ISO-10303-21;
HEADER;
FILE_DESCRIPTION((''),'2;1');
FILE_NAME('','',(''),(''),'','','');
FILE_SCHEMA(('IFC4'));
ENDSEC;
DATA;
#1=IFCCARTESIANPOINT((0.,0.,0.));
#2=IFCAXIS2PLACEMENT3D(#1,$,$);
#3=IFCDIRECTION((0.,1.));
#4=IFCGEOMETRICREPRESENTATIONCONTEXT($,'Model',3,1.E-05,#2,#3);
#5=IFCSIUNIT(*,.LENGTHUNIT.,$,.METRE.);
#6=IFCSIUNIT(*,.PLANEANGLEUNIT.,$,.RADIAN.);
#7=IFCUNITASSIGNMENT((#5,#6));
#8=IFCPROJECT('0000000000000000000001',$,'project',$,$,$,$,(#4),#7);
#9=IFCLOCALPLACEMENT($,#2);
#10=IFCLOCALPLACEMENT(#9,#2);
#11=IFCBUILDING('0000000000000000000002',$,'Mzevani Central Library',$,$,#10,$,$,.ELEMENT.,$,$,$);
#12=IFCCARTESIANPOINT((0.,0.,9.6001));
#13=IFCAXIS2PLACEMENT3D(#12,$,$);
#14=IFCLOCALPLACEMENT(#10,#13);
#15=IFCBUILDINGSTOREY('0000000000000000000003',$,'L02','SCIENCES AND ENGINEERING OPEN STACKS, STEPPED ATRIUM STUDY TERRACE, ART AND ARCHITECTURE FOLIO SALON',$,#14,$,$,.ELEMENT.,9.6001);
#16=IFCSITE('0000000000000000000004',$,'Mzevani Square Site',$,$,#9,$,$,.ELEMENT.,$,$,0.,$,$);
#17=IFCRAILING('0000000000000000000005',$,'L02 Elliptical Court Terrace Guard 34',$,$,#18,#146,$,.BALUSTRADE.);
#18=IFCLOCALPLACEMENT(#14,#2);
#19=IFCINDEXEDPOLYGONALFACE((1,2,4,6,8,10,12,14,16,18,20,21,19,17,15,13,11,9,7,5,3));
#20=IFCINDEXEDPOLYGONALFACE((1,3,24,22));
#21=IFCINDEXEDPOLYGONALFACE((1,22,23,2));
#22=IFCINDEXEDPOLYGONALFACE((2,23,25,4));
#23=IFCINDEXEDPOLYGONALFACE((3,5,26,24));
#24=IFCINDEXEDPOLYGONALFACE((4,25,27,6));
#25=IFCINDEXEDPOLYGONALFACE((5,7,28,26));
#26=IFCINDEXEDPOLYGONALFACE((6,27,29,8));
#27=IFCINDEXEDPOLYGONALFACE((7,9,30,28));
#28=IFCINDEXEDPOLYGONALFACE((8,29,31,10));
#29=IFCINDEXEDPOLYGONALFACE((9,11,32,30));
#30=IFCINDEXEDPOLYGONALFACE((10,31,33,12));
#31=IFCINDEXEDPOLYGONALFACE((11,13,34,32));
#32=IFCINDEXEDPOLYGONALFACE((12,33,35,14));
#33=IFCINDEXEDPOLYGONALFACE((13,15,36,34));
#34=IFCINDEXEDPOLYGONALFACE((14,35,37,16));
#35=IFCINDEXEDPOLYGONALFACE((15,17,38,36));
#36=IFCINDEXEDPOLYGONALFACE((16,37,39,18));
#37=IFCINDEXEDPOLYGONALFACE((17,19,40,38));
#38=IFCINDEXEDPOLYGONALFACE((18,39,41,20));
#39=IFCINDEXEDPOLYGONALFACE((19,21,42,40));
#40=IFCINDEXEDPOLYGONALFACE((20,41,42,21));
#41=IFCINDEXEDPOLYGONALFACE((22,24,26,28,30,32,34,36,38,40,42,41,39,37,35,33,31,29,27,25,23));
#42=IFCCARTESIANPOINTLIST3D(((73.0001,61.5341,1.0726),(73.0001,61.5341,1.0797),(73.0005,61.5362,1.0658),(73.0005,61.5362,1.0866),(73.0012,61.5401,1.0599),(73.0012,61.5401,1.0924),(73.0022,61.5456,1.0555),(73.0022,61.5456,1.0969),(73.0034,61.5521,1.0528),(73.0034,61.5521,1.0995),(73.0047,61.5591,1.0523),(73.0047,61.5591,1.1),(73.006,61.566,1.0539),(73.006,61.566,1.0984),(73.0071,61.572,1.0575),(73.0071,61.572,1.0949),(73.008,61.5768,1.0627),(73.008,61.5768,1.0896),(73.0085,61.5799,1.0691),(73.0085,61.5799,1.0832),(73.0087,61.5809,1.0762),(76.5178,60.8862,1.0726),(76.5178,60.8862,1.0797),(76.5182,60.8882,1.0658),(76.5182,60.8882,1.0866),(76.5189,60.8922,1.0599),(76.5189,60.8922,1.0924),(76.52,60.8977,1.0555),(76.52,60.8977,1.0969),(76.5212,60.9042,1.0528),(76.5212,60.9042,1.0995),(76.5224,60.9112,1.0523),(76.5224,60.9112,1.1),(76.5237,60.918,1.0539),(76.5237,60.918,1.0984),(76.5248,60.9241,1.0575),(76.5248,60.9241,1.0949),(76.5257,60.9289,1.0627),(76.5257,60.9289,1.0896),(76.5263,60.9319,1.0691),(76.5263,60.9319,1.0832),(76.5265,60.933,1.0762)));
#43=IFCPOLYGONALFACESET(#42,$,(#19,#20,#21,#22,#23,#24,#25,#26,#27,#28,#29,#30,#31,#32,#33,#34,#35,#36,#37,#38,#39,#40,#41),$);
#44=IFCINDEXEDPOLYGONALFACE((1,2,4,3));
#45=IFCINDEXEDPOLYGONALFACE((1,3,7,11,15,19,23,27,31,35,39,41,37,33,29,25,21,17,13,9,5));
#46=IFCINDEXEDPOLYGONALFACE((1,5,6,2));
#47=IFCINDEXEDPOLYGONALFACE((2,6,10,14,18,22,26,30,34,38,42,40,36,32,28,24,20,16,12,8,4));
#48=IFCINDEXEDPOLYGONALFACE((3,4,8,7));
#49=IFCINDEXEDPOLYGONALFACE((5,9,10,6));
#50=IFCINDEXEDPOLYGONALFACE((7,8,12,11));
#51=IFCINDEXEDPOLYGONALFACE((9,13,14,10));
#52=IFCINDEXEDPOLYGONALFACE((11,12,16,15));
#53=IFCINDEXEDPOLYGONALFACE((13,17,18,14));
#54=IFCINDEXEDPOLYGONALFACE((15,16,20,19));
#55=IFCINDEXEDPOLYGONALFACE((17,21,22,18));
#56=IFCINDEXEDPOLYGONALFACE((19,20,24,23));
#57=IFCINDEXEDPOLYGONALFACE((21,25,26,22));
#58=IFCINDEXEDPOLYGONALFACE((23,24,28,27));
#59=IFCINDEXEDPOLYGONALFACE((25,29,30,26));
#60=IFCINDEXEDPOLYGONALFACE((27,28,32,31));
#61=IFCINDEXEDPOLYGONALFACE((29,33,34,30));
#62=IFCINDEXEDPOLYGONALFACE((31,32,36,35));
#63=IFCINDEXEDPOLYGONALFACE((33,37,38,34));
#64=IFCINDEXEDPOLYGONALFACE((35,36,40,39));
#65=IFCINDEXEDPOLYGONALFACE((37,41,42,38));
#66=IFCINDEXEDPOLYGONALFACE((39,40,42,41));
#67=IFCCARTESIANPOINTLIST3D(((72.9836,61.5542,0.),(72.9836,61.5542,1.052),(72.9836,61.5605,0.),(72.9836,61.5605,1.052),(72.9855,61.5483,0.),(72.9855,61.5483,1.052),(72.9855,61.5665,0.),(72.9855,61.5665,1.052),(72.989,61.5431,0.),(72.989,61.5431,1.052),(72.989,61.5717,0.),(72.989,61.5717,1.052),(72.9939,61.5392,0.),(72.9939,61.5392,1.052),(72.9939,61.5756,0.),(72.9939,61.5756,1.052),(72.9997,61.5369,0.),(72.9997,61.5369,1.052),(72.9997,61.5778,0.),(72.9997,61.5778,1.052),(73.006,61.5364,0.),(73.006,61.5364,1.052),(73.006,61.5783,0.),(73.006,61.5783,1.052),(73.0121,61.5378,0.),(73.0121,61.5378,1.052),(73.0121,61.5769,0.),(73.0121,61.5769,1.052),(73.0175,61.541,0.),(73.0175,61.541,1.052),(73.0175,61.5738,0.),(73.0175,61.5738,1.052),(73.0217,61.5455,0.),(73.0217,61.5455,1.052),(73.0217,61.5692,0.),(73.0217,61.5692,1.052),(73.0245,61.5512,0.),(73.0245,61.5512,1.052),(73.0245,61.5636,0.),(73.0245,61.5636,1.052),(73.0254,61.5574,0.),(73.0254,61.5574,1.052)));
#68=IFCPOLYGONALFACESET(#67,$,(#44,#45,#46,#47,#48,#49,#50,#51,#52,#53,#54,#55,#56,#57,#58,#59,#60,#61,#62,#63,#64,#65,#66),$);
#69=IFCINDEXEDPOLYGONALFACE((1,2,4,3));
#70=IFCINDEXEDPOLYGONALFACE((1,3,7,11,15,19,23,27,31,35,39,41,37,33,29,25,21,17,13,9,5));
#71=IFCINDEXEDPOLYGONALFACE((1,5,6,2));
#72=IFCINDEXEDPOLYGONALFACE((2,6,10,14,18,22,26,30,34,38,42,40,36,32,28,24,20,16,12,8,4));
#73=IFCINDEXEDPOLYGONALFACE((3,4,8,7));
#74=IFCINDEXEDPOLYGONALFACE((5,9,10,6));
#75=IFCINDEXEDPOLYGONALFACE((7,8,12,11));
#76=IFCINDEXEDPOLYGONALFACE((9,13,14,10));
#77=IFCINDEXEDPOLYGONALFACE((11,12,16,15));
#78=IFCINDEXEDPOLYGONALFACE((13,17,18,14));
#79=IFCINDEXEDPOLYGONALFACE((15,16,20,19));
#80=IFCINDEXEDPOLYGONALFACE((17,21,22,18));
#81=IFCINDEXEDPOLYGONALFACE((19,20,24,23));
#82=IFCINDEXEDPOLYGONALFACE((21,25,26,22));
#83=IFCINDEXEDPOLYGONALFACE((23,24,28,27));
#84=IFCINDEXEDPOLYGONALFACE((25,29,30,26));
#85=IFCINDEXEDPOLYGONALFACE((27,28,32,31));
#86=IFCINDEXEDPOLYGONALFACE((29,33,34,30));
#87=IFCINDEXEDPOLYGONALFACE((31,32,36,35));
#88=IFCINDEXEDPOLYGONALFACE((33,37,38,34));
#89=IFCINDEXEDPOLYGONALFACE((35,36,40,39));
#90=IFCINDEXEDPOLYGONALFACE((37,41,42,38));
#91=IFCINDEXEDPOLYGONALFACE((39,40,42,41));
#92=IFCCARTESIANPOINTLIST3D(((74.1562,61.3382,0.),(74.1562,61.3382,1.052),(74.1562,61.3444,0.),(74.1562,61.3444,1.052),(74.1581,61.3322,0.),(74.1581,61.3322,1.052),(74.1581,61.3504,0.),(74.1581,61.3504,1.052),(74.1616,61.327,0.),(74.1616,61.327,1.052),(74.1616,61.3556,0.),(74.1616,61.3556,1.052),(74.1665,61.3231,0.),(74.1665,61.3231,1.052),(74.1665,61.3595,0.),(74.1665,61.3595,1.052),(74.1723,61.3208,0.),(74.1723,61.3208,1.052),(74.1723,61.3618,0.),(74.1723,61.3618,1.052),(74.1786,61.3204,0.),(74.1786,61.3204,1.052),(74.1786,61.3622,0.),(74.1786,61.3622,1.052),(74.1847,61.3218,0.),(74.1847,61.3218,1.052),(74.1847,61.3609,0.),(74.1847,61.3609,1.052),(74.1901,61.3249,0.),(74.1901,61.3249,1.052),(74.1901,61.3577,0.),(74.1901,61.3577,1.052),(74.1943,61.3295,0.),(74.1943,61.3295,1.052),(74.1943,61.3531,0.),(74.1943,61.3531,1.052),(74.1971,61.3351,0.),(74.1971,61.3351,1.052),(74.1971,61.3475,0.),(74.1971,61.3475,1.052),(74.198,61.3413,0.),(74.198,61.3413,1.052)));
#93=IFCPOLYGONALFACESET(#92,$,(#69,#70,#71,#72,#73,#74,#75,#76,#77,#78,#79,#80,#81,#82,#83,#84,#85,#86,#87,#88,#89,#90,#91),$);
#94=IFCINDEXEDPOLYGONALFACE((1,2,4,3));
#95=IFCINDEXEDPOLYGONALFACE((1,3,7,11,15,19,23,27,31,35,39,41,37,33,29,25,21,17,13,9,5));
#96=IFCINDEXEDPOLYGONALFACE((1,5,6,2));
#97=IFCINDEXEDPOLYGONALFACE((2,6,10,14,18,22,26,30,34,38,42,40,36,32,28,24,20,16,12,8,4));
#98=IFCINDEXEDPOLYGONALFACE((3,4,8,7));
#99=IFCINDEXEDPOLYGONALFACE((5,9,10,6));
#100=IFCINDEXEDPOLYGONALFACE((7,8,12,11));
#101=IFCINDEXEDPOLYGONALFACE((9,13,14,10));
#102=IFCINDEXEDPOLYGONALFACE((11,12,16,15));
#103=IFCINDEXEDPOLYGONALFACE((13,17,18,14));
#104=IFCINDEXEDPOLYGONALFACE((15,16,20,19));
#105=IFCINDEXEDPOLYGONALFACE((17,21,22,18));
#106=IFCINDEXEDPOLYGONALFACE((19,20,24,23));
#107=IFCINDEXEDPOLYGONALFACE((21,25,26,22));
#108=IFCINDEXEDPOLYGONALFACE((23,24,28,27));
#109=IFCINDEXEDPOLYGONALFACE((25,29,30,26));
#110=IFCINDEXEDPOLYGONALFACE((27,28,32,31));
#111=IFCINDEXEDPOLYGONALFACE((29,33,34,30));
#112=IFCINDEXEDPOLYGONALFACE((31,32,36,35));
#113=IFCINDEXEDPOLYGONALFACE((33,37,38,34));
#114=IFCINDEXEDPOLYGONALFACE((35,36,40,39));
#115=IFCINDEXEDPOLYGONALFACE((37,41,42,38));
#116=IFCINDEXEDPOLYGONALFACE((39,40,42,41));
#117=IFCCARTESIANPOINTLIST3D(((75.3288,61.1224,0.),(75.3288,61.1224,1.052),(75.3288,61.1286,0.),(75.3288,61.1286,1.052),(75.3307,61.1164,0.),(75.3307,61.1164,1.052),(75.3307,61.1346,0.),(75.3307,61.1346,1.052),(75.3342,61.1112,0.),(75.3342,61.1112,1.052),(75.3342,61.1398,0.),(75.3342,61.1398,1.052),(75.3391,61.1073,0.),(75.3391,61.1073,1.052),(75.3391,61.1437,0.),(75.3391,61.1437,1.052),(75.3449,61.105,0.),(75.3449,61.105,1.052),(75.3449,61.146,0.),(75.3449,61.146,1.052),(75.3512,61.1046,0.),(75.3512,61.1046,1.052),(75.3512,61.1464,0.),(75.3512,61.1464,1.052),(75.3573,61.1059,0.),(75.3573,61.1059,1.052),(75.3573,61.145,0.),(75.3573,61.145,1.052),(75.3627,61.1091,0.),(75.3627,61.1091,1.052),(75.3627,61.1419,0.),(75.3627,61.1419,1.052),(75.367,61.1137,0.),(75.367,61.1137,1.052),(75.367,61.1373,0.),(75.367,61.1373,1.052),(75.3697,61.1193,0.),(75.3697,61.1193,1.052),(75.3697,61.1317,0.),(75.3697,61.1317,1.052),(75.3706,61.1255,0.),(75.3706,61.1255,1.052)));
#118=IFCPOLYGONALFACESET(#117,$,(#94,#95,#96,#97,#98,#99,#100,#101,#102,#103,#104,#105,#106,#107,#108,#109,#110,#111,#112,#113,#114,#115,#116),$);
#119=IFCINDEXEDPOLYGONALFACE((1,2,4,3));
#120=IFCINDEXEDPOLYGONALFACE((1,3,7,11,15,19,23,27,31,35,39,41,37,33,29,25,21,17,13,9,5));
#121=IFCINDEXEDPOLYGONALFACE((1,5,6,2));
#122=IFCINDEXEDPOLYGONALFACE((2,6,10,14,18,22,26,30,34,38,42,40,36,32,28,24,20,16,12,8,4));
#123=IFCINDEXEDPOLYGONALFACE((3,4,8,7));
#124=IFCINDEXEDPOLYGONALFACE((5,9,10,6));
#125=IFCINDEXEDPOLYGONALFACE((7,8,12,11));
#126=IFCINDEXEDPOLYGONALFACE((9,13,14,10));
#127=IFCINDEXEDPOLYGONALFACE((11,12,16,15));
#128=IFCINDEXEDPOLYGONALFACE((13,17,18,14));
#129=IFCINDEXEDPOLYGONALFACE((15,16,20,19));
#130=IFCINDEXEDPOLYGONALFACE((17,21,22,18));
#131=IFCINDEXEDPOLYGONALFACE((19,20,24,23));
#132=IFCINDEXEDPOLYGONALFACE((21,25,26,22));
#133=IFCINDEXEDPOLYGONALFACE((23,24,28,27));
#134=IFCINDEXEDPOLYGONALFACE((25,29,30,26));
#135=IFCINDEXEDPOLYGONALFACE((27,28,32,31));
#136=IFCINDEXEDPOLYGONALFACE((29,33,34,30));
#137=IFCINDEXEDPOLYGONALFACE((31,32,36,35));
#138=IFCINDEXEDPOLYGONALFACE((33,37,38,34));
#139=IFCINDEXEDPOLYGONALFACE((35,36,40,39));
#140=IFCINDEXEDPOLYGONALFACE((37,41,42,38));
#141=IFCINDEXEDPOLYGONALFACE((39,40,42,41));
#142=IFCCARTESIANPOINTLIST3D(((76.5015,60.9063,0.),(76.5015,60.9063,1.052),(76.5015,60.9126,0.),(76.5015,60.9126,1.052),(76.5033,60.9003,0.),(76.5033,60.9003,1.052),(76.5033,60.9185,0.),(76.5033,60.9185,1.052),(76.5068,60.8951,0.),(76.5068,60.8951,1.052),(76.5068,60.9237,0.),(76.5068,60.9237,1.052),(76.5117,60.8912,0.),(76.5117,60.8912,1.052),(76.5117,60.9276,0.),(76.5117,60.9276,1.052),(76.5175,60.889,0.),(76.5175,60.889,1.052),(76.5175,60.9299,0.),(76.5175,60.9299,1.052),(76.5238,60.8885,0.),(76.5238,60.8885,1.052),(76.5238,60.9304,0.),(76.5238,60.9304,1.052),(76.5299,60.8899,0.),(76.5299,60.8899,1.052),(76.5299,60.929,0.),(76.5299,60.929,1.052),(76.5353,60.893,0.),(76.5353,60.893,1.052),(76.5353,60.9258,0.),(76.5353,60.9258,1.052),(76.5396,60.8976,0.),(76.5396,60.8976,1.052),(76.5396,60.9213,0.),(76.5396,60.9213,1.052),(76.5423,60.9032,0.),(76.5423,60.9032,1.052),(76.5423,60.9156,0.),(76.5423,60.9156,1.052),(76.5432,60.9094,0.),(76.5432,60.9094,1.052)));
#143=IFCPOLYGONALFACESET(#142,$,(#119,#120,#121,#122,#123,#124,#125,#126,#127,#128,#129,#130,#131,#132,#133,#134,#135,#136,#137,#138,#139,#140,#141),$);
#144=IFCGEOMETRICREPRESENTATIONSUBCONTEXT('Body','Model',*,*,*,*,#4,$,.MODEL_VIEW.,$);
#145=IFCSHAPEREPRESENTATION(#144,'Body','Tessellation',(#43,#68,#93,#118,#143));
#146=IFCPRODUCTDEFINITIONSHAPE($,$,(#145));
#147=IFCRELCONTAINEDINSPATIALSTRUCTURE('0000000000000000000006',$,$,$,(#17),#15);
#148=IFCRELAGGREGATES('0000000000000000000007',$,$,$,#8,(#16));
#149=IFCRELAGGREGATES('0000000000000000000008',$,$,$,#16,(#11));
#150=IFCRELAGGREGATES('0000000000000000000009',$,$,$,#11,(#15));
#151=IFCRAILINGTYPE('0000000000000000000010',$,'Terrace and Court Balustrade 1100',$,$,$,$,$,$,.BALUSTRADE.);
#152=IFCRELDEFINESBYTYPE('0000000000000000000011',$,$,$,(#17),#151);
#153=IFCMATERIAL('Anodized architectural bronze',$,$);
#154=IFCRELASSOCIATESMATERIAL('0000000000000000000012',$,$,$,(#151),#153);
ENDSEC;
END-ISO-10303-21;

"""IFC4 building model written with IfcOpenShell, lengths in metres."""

from ifc_helpers import new_model, si_unit, direction, frame, origin, origin_2d, place, context, subcontext, project, spatial, circle, extrude, material, type_object, element, save


model = new_model("IFC4")

# Units and contexts
model_context = context("Model", 3, precision=1e-05, world=origin(), true_north=direction((0.0, 1.0)))
body_context = subcontext(model_context, "Body", "Model", "MODEL_VIEW")
ifc_project = project(units=[si_unit("LENGTHUNIT", "METRE"), si_unit("PLANEANGLEUNIT", "RADIAN")], contexts=[model_context])

# Site, building, storey
site_placement = place(None, origin())
site = spatial("IfcSite", under=ifc_project, at=site_placement, Name="Mzevani Square Site", CompositionType="ELEMENT", RefElevation=0.0)
building_placement = place(site_placement, origin())
building = spatial("IfcBuilding", under=site, at=building_placement, Name="Mzevani Central Library", CompositionType="ELEMENT")
storey_placement = place(building_placement, frame((0.0, 0.0, 9.6001)))
storey = spatial("IfcBuildingStorey", under=building, at=storey_placement, Name="L02", Description="SCIENCES AND ENGINEERING OPEN STACKS, STEPPED ATRIUM STUDY TERRACE, ART AND ARCHITECTURE FOLIO SALON", CompositionType="ELEMENT", Elevation=9.6001)

# Railing
ifc_material_1 = material(Name="Anodized architectural bronze")
railing_type = type_object("IfcRailingType", Name="Terrace and Court Balustrade 1100", PredefinedType="BALUSTRADE", material=ifc_material_1)
railing_1_placement = place(storey_placement, frame((73.0044, 61.5574, 0.0)))
element("IfcRailing", 1, at=railing_1_placement, inside=storey, type_object=railing_type, Name="L02 Elliptical Court Terrace Guard 34", PredefinedType="BALUSTRADE", context=body_context, shape_type="SweptSolid", body=[
    extrude(circle(Radius=0.0239, at=origin_2d()), frame((0.0, 0.0, 1.0762), z_axis=(0.983457, -0.181143, 0.0), x_axis=(0.181143, 0.983457, 0.0)), (0.0, 0.0, 1.0), 3.5769),
    extrude(circle(Radius=0.021, at=origin_2d()), origin(), (0.0, 0.0, 1.0), 1.052),
    extrude(circle(Radius=0.021, at=origin_2d()), frame((1.1726, -0.2161, 0.0)), (0.0, 0.0, 1.0), 1.052),
    extrude(circle(Radius=0.021, at=origin_2d()), frame((2.3452, -0.4319, 0.0)), (0.0, 0.0, 1.0), 1.052),
    extrude(circle(Radius=0.021, at=origin_2d()), frame((3.5178, -0.6479, 0.0)), (0.0, 0.0, 1.0), 1.052),
])

save(model, "model.ifc")
